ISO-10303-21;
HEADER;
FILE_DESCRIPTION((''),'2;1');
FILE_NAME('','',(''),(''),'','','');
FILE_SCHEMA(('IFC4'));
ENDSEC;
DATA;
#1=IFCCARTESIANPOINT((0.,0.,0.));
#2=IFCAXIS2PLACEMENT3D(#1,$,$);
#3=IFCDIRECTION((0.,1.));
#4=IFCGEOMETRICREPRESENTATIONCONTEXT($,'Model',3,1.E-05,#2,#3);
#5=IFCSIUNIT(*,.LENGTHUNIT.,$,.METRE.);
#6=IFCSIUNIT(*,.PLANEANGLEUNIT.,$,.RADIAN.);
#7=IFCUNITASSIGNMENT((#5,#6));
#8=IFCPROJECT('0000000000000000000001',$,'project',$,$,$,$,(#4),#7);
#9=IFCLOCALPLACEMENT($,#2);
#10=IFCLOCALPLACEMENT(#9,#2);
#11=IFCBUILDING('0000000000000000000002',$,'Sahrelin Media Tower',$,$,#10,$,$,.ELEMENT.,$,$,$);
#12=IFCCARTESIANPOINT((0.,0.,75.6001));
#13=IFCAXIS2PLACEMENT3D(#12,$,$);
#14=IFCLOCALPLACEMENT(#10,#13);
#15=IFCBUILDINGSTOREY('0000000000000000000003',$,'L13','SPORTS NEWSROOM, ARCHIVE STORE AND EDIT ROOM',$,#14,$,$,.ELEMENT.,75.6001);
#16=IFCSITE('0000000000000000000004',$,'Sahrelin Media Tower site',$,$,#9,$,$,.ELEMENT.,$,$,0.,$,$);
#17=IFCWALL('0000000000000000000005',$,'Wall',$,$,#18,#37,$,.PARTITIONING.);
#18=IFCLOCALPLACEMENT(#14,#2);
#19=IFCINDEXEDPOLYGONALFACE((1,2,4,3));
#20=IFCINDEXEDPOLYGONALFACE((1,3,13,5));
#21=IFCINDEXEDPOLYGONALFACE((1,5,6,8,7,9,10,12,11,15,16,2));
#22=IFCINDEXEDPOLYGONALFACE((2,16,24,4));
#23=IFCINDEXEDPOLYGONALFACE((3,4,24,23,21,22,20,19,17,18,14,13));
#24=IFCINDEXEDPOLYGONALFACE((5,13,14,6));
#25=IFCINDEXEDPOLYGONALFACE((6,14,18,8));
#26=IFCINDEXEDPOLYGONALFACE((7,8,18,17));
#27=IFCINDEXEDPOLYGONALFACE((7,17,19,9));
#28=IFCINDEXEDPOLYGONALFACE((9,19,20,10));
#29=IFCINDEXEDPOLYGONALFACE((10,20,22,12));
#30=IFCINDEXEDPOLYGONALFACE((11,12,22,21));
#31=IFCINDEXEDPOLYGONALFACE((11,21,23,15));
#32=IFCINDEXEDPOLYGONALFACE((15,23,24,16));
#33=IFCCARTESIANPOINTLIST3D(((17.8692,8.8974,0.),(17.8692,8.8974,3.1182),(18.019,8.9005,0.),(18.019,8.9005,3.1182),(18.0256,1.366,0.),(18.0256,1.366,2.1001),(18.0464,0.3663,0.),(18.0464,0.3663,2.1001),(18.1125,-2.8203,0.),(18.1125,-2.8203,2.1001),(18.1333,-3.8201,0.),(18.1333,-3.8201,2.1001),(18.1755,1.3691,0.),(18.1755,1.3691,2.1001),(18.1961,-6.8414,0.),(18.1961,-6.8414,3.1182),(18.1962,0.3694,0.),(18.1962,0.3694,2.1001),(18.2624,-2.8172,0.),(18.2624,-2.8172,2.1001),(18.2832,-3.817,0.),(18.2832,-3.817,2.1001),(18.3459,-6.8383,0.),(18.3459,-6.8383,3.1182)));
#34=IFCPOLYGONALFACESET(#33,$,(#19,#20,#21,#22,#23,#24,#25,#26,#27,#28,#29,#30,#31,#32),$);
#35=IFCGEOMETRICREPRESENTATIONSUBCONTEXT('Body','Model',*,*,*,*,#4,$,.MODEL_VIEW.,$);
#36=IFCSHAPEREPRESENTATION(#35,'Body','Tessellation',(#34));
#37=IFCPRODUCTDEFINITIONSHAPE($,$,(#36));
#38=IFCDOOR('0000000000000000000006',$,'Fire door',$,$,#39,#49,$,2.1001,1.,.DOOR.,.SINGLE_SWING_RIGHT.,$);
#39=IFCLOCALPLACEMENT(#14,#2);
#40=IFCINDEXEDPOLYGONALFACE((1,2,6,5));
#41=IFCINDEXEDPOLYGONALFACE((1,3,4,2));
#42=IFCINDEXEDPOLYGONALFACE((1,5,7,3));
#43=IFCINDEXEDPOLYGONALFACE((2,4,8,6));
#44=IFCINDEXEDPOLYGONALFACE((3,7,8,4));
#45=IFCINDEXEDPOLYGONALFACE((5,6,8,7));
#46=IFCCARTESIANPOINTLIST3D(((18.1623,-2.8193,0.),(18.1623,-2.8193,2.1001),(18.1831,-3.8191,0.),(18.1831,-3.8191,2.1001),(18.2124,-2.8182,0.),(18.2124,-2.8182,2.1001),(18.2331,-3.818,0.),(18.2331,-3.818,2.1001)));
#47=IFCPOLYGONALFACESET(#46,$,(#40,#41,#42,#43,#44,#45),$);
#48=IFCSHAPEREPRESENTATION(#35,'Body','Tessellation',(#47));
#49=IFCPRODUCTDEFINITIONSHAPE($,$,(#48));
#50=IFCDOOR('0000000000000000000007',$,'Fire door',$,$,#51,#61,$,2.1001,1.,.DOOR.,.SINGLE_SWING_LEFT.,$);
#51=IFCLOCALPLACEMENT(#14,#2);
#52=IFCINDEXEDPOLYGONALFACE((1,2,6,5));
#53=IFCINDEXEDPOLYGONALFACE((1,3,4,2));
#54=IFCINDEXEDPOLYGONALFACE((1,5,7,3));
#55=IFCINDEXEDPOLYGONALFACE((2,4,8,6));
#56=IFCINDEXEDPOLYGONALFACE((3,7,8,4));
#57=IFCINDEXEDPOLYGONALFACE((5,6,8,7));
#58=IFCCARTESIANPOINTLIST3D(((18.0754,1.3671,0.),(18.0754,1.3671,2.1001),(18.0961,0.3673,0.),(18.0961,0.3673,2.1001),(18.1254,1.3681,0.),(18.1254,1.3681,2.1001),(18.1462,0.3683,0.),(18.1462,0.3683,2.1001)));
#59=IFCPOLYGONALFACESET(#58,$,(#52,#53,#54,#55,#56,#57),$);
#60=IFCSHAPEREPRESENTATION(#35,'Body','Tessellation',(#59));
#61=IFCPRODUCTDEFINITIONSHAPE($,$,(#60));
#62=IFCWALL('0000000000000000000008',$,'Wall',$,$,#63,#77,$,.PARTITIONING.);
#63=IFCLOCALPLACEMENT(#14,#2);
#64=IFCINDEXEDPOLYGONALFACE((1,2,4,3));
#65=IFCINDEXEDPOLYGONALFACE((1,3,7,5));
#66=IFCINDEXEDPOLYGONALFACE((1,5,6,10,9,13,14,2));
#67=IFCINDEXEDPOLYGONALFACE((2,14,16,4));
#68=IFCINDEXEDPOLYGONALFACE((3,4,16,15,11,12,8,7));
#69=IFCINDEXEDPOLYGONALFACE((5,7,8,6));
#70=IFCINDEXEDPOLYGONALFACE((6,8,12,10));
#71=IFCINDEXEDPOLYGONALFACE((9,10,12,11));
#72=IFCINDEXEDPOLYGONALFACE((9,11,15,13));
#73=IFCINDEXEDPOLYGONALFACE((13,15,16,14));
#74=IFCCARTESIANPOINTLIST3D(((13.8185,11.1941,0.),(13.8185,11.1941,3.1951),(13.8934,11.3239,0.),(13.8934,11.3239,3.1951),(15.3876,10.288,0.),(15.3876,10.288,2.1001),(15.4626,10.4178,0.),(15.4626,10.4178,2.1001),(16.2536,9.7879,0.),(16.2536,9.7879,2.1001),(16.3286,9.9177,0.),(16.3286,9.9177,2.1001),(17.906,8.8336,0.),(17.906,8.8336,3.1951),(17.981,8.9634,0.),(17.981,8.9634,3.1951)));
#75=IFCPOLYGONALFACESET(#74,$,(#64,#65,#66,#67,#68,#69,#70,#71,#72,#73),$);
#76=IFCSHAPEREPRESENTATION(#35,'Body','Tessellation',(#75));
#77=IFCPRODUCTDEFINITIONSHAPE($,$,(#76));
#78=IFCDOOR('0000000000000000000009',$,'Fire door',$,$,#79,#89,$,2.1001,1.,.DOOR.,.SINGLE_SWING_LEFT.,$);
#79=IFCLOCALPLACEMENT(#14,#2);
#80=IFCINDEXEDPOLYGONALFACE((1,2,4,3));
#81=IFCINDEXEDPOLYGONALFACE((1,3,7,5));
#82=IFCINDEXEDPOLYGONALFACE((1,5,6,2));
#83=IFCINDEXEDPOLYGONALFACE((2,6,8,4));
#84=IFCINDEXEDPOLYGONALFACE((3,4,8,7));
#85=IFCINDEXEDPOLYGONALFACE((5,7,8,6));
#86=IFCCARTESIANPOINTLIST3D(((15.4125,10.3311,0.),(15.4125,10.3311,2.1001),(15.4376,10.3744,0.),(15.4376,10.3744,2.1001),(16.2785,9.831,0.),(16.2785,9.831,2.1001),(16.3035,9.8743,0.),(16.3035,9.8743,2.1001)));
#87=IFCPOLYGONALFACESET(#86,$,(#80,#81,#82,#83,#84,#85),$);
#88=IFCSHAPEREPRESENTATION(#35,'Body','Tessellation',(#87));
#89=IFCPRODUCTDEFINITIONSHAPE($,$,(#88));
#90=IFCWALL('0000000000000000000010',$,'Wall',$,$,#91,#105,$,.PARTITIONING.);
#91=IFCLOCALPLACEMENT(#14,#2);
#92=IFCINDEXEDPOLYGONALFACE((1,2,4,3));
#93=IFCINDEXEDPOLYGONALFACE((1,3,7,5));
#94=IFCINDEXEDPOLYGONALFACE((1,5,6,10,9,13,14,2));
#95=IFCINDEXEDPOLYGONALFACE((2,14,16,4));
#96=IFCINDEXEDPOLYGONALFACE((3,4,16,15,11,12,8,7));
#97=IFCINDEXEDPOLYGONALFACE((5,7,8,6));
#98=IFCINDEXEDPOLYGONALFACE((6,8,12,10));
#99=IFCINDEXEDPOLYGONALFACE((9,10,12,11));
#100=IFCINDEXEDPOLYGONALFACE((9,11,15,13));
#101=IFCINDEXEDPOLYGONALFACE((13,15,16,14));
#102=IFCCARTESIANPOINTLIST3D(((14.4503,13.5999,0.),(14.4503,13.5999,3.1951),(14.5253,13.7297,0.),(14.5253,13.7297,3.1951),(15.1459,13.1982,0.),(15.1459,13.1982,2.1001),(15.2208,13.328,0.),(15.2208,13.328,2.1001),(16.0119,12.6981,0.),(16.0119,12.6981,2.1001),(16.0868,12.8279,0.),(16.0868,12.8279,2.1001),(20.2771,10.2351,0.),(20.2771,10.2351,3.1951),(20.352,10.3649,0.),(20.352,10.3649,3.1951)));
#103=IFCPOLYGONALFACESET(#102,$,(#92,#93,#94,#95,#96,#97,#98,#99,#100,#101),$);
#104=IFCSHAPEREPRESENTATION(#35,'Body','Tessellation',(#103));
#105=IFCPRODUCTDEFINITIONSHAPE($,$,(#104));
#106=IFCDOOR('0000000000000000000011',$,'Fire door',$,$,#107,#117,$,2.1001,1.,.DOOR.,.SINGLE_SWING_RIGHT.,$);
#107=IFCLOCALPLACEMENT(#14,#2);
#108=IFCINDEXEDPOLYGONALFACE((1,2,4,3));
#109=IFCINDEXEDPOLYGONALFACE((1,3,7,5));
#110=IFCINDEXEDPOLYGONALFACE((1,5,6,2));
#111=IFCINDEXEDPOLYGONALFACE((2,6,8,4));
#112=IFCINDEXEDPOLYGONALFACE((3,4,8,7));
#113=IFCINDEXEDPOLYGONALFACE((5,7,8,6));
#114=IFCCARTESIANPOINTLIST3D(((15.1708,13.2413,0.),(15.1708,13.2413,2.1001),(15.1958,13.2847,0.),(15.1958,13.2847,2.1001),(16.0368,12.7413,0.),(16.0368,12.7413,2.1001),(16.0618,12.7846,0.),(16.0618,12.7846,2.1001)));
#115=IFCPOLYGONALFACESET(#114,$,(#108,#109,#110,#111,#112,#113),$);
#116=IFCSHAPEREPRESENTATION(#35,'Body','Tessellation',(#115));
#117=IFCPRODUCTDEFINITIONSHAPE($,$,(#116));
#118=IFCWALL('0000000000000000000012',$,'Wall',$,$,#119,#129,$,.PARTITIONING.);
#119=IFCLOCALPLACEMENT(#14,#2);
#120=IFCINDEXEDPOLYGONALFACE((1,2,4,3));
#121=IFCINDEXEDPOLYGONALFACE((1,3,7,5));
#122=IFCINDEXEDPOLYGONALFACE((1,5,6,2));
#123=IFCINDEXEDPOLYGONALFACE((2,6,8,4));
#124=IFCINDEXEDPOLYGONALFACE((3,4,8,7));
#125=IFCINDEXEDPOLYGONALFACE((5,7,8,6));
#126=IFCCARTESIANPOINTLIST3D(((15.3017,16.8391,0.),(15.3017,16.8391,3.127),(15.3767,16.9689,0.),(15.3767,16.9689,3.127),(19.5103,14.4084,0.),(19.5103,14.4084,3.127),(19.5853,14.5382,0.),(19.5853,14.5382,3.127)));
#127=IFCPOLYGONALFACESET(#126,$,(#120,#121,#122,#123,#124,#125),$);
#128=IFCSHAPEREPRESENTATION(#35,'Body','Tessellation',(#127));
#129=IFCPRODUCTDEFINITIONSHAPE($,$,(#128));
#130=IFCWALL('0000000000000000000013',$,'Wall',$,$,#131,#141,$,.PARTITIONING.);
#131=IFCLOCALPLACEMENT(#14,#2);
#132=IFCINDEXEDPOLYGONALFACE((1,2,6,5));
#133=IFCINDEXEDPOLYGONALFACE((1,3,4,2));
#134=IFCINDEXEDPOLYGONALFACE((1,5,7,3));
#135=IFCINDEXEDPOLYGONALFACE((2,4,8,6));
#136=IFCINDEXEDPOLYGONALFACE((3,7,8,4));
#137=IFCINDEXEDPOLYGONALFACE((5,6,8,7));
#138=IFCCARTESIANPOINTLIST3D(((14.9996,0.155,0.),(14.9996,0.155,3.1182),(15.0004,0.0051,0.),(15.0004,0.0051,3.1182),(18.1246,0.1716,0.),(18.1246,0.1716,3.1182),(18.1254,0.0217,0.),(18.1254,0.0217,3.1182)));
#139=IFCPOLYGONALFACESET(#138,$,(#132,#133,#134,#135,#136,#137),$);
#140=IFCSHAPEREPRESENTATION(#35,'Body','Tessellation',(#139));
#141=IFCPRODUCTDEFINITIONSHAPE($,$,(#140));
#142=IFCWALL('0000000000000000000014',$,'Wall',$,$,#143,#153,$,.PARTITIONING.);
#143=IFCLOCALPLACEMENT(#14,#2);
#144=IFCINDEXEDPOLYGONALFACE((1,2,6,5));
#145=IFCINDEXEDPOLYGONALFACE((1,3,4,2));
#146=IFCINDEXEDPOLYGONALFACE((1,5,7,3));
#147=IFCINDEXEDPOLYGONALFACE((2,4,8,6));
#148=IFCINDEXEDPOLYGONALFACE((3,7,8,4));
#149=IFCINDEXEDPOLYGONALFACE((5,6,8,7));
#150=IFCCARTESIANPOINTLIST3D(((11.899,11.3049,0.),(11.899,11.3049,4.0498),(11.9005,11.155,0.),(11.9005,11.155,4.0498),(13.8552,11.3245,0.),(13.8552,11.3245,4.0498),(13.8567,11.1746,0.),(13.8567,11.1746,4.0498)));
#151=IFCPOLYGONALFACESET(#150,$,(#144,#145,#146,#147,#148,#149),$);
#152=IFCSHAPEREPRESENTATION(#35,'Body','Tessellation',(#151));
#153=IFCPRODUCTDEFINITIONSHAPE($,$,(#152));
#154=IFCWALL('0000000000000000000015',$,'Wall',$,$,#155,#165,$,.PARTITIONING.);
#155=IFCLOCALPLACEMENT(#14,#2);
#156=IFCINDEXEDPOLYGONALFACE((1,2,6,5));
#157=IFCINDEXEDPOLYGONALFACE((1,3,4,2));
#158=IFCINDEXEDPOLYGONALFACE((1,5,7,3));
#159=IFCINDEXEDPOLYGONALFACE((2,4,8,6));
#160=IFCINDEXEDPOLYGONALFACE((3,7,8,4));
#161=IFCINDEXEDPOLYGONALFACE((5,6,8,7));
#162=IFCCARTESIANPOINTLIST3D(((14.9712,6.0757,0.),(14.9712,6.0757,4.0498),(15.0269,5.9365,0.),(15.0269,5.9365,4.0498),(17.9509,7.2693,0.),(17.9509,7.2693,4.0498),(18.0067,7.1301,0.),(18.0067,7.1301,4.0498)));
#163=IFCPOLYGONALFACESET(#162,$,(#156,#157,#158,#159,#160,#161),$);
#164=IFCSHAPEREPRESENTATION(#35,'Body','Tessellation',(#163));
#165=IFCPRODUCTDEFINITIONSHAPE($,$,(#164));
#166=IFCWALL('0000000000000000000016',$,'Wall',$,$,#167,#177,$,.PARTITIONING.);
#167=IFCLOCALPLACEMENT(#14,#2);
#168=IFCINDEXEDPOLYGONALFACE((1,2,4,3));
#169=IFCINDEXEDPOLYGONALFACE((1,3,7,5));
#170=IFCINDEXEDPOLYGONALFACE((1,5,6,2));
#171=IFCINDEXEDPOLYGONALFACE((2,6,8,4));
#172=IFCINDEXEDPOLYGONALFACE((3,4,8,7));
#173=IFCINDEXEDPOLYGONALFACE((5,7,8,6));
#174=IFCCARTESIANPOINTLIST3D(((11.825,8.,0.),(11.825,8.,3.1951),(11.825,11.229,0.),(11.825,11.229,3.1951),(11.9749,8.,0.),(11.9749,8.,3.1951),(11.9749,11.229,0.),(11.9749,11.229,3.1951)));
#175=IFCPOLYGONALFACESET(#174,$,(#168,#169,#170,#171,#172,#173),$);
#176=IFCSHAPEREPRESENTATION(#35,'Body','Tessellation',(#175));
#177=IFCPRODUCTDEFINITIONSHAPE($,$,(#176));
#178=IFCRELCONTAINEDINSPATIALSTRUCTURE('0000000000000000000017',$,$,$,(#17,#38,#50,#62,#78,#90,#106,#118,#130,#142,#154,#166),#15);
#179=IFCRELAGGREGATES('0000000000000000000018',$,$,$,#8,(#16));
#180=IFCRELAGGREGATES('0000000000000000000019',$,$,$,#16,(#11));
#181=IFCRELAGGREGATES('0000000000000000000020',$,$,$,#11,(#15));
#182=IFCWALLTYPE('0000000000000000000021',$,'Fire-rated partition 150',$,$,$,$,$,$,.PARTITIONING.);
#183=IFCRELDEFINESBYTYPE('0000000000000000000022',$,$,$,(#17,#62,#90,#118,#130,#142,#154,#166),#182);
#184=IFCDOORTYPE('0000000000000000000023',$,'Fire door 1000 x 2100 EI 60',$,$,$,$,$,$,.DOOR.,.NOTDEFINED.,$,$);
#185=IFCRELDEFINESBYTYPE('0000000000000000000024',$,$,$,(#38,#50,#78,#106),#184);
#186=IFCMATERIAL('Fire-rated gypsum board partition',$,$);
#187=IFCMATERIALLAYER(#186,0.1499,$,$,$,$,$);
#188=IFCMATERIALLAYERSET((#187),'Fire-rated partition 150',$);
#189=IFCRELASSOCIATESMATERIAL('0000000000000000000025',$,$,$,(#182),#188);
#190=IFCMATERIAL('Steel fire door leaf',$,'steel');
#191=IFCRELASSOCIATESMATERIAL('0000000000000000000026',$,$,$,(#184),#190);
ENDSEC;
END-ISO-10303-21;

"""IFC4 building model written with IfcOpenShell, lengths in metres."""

from ifc_helpers import new_model, si_unit, direction, frame, frame_2d, origin, place, context, subcontext, project, spatial, rectangle, extrude, material, layer, layer_set, type_object, element, fill, save


model = new_model("IFC4")

# Units and contexts
model_context = context("Model", 3, precision=1e-05, world=origin(), true_north=direction((0.0, 1.0)))
body_context = subcontext(model_context, "Body", "Model", "MODEL_VIEW")
ifc_project = project(units=[si_unit("LENGTHUNIT", "METRE"), si_unit("PLANEANGLEUNIT", "RADIAN")], contexts=[model_context])

# Site, building, storey
site_placement = place(None, origin())
site = spatial("IfcSite", under=ifc_project, at=site_placement, Name="Sahrelin Media Tower site", CompositionType="ELEMENT", RefElevation=0.0)
building_placement = place(site_placement, origin())
building = spatial("IfcBuilding", under=site, at=building_placement, Name="Sahrelin Media Tower", CompositionType="ELEMENT")
storey_placement = place(building_placement, frame((0.0, 0.0, 75.6001)))
storey = spatial("IfcBuildingStorey", under=building, at=storey_placement, Name="L13", Description="SPORTS NEWSROOM, ARCHIVE STORE AND EDIT ROOM", CompositionType="ELEMENT", Elevation=75.6001)

# Wall, openings, doors
ifc_material_1 = material(Name="Fire-rated gypsum board partition")
ifc_layer_1 = layer(ifc_material_1, 0.1499)
ifc_layer_set_1 = layer_set([ifc_layer_1], Name="Fire-rated partition 150")
wall_type_1 = type_object("IfcWallType", Name="Fire-rated partition 150", PredefinedType="PARTITIONING", material=ifc_layer_set_1)
wall_1_placement = place(storey_placement, frame((17.9441, 8.8989, 0.0), z_axis=(0.0, 0.0, 1.0), x_axis=(0.020766, -0.999784, 0.0)))
wall_1 = element("IfcWall", 1, at=wall_1_placement, inside=storey, type_object=wall_type_1, Name="Wall", PredefinedType="PARTITIONING", context=body_context, shape_type="SweptSolid", body=[
    extrude(rectangle(XDim=15.7422, YDim=0.1499, at=frame_2d((7.8711, 0.0))), origin(), (0.0, 0.0, 1.0), 3.1182),
])
opening_1_placement = place(wall_1_placement, frame((11.7202, 0.0, 0.0)))
opening_1 = element("IfcOpeningElement", 2, at=opening_1_placement, cuts=wall_1, PredefinedType="OPENING", context=body_context, shape_type="SweptSolid", body=[
    extrude(rectangle(XDim=1.0, YDim=2.1001, at=frame_2d((0.5, 1.05))), frame((0.0, 0.075, 0.0), z_axis=(0.0, -1.0, 0.0), x_axis=(1.0, 0.0, 0.0)), (0.0, 0.0, 1.0), 0.1499),
])
opening_2_placement = place(wall_1_placement, frame((7.533, 0.0, 0.0)))
opening_2 = element("IfcOpeningElement", 3, at=opening_2_placement, cuts=wall_1, PredefinedType="OPENING", context=body_context, shape_type="SweptSolid", body=[
    extrude(rectangle(XDim=1.0, YDim=2.1001, at=frame_2d((0.5, 1.05))), frame((0.0, 0.075, 0.0), z_axis=(0.0, -1.0, 0.0), x_axis=(1.0, 0.0, 0.0)), (0.0, 0.0, 1.0), 0.1499),
])
ifc_material_2 = material(Name="Steel fire door leaf", Category="steel")
door_type = type_object("IfcDoorType", Name="Fire door 1000 x 2100 EI 60", OperationType="NOTDEFINED", PredefinedType="DOOR", material=ifc_material_2)
door_1_placement = place(opening_1_placement, origin())
door_1 = element("IfcDoor", 4, at=door_1_placement, inside=storey, type_object=door_type, Name="Fire door", OperationType="SINGLE_SWING_RIGHT", OverallHeight=2.1001, OverallWidth=1.0, PredefinedType="DOOR", context=body_context, shape_type="SweptSolid", body=[
    extrude(rectangle(XDim=1.0, YDim=2.1001, at=frame_2d((0.5, 1.05))), frame((0.0, 0.0249, 0.0), z_axis=(0.0, -1.0, 0.0), x_axis=(1.0, 0.0, 0.0)), (0.0, 0.0, 1.0), 0.05),
])
fill(opening_1, door_1)
door_2_placement = place(opening_2_placement, origin())
door_2 = element("IfcDoor", 5, at=door_2_placement, inside=storey, type_object=door_type, Name="Fire door", OperationType="SINGLE_SWING_LEFT", OverallHeight=2.1001, OverallWidth=1.0, PredefinedType="DOOR", context=body_context, shape_type="SweptSolid", body=[
    extrude(rectangle(XDim=1.0, YDim=2.1001, at=frame_2d((0.5, 1.05))), frame((0.0, 0.0249, 0.0), z_axis=(0.0, -1.0, 0.0), x_axis=(1.0, 0.0, 0.0)), (0.0, 0.0, 1.0), 0.05),
])
fill(opening_2, door_2)

# Walls, openings, doors
wall_2_placement = place(storey_placement, frame((13.856, 11.259, 0.0), z_axis=(0.0, 0.0, 1.0), x_axis=(0.865971, -0.500094, 0.0)))
wall_2 = element("IfcWall", 6, at=wall_2_placement, inside=storey, type_object=wall_type_1, Name="Wall", PredefinedType="PARTITIONING", context=body_context, shape_type="SweptSolid", body=[
    extrude(rectangle(XDim=4.7202, YDim=0.1499, at=frame_2d((2.3601, 0.0))), origin(), (0.0, 0.0, 1.0), 3.1951),
])
opening_3_placement = place(wall_2_placement, frame((1.812, 0.0, 0.0)))
opening_3 = element("IfcOpeningElement", 7, at=opening_3_placement, cuts=wall_2, PredefinedType="OPENING", context=body_context, shape_type="SweptSolid", body=[
    extrude(rectangle(XDim=1.0, YDim=2.1001, at=frame_2d((0.5, 1.05))), frame((0.0, 0.075, 0.0), z_axis=(0.0, -1.0, 0.0), x_axis=(1.0, 0.0, 0.0)), (0.0, 0.0, 1.0), 0.1499),
])
door_3_placement = place(opening_3_placement, origin())
door_3 = element("IfcDoor", 8, at=door_3_placement, inside=storey, type_object=door_type, Name="Fire door", OperationType="SINGLE_SWING_LEFT", OverallHeight=2.1001, OverallWidth=1.0, PredefinedType="DOOR", context=body_context, shape_type="SweptSolid", body=[
    extrude(rectangle(XDim=1.0, YDim=2.1001, at=frame_2d((0.5, 1.05))), frame((0.0, 0.0249, 0.0), z_axis=(0.0, -1.0, 0.0), x_axis=(1.0, 0.0, 0.0)), (0.0, 0.0, 1.0), 0.05),
])
fill(opening_3, door_3)
wall_3_placement = place(storey_placement, frame((14.4878, 13.6648, 0.0), z_axis=(0.0, 0.0, 1.0), x_axis=(0.865979, -0.500081, 0.0)))
wall_3 = element("IfcWall", 9, at=wall_3_placement, inside=storey, type_object=wall_type_1, Name="Wall", PredefinedType="PARTITIONING", context=body_context, shape_type="SweptSolid", body=[
    extrude(rectangle(XDim=6.7285, YDim=0.1499, at=frame_2d((3.3643, 0.0))), origin(), (0.0, 0.0, 1.0), 3.1951),
])
opening_4_placement = place(wall_3_placement, frame((0.8032, 0.0, 0.0)))
opening_4 = element("IfcOpeningElement", 10, at=opening_4_placement, cuts=wall_3, PredefinedType="OPENING", context=body_context, shape_type="SweptSolid", body=[
    extrude(rectangle(XDim=1.0, YDim=2.1001, at=frame_2d((0.5, 1.05))), frame((0.0, 0.075, 0.0), z_axis=(0.0, -1.0, 0.0), x_axis=(1.0, 0.0, 0.0)), (0.0, 0.0, 1.0), 0.1499),
])
door_4_placement = place(opening_4_placement, origin())
door_4 = element("IfcDoor", 11, at=door_4_placement, inside=storey, type_object=door_type, Name="Fire door", OperationType="SINGLE_SWING_RIGHT", OverallHeight=2.1001, OverallWidth=1.0, PredefinedType="DOOR", context=body_context, shape_type="SweptSolid", body=[
    extrude(rectangle(XDim=1.0, YDim=2.1001, at=frame_2d((0.5, 1.05))), frame((0.0, 0.0249, 0.0), z_axis=(0.0, -1.0, 0.0), x_axis=(1.0, 0.0, 0.0)), (0.0, 0.0, 1.0), 0.05),
])
fill(opening_4, door_4)

# Walls
wall_4_placement = place(storey_placement, frame((15.3391, 16.9041, 0.0), z_axis=(0.0, 0.0, 1.0), x_axis=(0.865946, -0.500137, 0.0)))
element("IfcWall", 12, at=wall_4_placement, inside=storey, type_object=wall_type_1, Name="Wall", PredefinedType="PARTITIONING", context=body_context, shape_type="SweptSolid", body=[
    extrude(rectangle(XDim=4.8601, YDim=0.1499, at=frame_2d((2.4302, 0.0))), origin(), (0.0, 0.0, 1.0), 3.127),
])
wall_5_placement = place(storey_placement, frame((15.0, 0.0801, 0.0), z_axis=(0.0, 0.0, 1.0), x_axis=(0.999986, 0.005312, 0.0)))
element("IfcWall", 13, at=wall_5_placement, inside=storey, type_object=wall_type_1, Name="Wall", PredefinedType="PARTITIONING", context=body_context, shape_type="SweptSolid", body=[
    extrude(rectangle(XDim=3.125, YDim=0.1499, at=frame_2d((1.5625, 0.0))), origin(), (0.0, 0.0, 1.0), 3.1182),
])
wall_6_placement = place(storey_placement, frame((11.8999, 11.23, 0.0), z_axis=(0.0, 0.0, 1.0), x_axis=(0.99995, 0.009983, 0.0)))
element("IfcWall", 14, at=wall_6_placement, inside=storey, type_object=wall_type_1, Name="Wall", PredefinedType="PARTITIONING", context=body_context, shape_type="SweptSolid", body=[
    extrude(rectangle(XDim=1.9563, YDim=0.1499, at=frame_2d((0.978, 0.0))), origin(), (0.0, 0.0, 1.0), 4.0498),
])
wall_7_placement = place(storey_placement, frame((14.999, 6.0061, 0.0), z_axis=(0.0, 0.0, 1.0), x_axis=(0.928293, 0.37185, 0.0)))
element("IfcWall", 15, at=wall_7_placement, inside=storey, type_object=wall_type_1, Name="Wall", PredefinedType="PARTITIONING", context=body_context, shape_type="SweptSolid", body=[
    extrude(rectangle(XDim=3.21, YDim=0.1499, at=frame_2d((1.605, 0.0))), origin(), (0.0, 0.0, 1.0), 4.0498),
])
wall_8_placement = place(storey_placement, frame((11.8999, 8.0, 0.0), z_axis=(0.0, 0.0, 1.0), x_axis=(0.0, 1.0, 0.0)))
element("IfcWall", 16, at=wall_8_placement, inside=storey, type_object=wall_type_1, Name="Wall", PredefinedType="PARTITIONING", context=body_context, shape_type="SweptSolid", body=[
    extrude(rectangle(XDim=3.229, YDim=0.1499, at=frame_2d((1.6145, 0.0))), origin(), (0.0, 0.0, 1.0), 3.1951),
])

save(model, "model.ifc")
